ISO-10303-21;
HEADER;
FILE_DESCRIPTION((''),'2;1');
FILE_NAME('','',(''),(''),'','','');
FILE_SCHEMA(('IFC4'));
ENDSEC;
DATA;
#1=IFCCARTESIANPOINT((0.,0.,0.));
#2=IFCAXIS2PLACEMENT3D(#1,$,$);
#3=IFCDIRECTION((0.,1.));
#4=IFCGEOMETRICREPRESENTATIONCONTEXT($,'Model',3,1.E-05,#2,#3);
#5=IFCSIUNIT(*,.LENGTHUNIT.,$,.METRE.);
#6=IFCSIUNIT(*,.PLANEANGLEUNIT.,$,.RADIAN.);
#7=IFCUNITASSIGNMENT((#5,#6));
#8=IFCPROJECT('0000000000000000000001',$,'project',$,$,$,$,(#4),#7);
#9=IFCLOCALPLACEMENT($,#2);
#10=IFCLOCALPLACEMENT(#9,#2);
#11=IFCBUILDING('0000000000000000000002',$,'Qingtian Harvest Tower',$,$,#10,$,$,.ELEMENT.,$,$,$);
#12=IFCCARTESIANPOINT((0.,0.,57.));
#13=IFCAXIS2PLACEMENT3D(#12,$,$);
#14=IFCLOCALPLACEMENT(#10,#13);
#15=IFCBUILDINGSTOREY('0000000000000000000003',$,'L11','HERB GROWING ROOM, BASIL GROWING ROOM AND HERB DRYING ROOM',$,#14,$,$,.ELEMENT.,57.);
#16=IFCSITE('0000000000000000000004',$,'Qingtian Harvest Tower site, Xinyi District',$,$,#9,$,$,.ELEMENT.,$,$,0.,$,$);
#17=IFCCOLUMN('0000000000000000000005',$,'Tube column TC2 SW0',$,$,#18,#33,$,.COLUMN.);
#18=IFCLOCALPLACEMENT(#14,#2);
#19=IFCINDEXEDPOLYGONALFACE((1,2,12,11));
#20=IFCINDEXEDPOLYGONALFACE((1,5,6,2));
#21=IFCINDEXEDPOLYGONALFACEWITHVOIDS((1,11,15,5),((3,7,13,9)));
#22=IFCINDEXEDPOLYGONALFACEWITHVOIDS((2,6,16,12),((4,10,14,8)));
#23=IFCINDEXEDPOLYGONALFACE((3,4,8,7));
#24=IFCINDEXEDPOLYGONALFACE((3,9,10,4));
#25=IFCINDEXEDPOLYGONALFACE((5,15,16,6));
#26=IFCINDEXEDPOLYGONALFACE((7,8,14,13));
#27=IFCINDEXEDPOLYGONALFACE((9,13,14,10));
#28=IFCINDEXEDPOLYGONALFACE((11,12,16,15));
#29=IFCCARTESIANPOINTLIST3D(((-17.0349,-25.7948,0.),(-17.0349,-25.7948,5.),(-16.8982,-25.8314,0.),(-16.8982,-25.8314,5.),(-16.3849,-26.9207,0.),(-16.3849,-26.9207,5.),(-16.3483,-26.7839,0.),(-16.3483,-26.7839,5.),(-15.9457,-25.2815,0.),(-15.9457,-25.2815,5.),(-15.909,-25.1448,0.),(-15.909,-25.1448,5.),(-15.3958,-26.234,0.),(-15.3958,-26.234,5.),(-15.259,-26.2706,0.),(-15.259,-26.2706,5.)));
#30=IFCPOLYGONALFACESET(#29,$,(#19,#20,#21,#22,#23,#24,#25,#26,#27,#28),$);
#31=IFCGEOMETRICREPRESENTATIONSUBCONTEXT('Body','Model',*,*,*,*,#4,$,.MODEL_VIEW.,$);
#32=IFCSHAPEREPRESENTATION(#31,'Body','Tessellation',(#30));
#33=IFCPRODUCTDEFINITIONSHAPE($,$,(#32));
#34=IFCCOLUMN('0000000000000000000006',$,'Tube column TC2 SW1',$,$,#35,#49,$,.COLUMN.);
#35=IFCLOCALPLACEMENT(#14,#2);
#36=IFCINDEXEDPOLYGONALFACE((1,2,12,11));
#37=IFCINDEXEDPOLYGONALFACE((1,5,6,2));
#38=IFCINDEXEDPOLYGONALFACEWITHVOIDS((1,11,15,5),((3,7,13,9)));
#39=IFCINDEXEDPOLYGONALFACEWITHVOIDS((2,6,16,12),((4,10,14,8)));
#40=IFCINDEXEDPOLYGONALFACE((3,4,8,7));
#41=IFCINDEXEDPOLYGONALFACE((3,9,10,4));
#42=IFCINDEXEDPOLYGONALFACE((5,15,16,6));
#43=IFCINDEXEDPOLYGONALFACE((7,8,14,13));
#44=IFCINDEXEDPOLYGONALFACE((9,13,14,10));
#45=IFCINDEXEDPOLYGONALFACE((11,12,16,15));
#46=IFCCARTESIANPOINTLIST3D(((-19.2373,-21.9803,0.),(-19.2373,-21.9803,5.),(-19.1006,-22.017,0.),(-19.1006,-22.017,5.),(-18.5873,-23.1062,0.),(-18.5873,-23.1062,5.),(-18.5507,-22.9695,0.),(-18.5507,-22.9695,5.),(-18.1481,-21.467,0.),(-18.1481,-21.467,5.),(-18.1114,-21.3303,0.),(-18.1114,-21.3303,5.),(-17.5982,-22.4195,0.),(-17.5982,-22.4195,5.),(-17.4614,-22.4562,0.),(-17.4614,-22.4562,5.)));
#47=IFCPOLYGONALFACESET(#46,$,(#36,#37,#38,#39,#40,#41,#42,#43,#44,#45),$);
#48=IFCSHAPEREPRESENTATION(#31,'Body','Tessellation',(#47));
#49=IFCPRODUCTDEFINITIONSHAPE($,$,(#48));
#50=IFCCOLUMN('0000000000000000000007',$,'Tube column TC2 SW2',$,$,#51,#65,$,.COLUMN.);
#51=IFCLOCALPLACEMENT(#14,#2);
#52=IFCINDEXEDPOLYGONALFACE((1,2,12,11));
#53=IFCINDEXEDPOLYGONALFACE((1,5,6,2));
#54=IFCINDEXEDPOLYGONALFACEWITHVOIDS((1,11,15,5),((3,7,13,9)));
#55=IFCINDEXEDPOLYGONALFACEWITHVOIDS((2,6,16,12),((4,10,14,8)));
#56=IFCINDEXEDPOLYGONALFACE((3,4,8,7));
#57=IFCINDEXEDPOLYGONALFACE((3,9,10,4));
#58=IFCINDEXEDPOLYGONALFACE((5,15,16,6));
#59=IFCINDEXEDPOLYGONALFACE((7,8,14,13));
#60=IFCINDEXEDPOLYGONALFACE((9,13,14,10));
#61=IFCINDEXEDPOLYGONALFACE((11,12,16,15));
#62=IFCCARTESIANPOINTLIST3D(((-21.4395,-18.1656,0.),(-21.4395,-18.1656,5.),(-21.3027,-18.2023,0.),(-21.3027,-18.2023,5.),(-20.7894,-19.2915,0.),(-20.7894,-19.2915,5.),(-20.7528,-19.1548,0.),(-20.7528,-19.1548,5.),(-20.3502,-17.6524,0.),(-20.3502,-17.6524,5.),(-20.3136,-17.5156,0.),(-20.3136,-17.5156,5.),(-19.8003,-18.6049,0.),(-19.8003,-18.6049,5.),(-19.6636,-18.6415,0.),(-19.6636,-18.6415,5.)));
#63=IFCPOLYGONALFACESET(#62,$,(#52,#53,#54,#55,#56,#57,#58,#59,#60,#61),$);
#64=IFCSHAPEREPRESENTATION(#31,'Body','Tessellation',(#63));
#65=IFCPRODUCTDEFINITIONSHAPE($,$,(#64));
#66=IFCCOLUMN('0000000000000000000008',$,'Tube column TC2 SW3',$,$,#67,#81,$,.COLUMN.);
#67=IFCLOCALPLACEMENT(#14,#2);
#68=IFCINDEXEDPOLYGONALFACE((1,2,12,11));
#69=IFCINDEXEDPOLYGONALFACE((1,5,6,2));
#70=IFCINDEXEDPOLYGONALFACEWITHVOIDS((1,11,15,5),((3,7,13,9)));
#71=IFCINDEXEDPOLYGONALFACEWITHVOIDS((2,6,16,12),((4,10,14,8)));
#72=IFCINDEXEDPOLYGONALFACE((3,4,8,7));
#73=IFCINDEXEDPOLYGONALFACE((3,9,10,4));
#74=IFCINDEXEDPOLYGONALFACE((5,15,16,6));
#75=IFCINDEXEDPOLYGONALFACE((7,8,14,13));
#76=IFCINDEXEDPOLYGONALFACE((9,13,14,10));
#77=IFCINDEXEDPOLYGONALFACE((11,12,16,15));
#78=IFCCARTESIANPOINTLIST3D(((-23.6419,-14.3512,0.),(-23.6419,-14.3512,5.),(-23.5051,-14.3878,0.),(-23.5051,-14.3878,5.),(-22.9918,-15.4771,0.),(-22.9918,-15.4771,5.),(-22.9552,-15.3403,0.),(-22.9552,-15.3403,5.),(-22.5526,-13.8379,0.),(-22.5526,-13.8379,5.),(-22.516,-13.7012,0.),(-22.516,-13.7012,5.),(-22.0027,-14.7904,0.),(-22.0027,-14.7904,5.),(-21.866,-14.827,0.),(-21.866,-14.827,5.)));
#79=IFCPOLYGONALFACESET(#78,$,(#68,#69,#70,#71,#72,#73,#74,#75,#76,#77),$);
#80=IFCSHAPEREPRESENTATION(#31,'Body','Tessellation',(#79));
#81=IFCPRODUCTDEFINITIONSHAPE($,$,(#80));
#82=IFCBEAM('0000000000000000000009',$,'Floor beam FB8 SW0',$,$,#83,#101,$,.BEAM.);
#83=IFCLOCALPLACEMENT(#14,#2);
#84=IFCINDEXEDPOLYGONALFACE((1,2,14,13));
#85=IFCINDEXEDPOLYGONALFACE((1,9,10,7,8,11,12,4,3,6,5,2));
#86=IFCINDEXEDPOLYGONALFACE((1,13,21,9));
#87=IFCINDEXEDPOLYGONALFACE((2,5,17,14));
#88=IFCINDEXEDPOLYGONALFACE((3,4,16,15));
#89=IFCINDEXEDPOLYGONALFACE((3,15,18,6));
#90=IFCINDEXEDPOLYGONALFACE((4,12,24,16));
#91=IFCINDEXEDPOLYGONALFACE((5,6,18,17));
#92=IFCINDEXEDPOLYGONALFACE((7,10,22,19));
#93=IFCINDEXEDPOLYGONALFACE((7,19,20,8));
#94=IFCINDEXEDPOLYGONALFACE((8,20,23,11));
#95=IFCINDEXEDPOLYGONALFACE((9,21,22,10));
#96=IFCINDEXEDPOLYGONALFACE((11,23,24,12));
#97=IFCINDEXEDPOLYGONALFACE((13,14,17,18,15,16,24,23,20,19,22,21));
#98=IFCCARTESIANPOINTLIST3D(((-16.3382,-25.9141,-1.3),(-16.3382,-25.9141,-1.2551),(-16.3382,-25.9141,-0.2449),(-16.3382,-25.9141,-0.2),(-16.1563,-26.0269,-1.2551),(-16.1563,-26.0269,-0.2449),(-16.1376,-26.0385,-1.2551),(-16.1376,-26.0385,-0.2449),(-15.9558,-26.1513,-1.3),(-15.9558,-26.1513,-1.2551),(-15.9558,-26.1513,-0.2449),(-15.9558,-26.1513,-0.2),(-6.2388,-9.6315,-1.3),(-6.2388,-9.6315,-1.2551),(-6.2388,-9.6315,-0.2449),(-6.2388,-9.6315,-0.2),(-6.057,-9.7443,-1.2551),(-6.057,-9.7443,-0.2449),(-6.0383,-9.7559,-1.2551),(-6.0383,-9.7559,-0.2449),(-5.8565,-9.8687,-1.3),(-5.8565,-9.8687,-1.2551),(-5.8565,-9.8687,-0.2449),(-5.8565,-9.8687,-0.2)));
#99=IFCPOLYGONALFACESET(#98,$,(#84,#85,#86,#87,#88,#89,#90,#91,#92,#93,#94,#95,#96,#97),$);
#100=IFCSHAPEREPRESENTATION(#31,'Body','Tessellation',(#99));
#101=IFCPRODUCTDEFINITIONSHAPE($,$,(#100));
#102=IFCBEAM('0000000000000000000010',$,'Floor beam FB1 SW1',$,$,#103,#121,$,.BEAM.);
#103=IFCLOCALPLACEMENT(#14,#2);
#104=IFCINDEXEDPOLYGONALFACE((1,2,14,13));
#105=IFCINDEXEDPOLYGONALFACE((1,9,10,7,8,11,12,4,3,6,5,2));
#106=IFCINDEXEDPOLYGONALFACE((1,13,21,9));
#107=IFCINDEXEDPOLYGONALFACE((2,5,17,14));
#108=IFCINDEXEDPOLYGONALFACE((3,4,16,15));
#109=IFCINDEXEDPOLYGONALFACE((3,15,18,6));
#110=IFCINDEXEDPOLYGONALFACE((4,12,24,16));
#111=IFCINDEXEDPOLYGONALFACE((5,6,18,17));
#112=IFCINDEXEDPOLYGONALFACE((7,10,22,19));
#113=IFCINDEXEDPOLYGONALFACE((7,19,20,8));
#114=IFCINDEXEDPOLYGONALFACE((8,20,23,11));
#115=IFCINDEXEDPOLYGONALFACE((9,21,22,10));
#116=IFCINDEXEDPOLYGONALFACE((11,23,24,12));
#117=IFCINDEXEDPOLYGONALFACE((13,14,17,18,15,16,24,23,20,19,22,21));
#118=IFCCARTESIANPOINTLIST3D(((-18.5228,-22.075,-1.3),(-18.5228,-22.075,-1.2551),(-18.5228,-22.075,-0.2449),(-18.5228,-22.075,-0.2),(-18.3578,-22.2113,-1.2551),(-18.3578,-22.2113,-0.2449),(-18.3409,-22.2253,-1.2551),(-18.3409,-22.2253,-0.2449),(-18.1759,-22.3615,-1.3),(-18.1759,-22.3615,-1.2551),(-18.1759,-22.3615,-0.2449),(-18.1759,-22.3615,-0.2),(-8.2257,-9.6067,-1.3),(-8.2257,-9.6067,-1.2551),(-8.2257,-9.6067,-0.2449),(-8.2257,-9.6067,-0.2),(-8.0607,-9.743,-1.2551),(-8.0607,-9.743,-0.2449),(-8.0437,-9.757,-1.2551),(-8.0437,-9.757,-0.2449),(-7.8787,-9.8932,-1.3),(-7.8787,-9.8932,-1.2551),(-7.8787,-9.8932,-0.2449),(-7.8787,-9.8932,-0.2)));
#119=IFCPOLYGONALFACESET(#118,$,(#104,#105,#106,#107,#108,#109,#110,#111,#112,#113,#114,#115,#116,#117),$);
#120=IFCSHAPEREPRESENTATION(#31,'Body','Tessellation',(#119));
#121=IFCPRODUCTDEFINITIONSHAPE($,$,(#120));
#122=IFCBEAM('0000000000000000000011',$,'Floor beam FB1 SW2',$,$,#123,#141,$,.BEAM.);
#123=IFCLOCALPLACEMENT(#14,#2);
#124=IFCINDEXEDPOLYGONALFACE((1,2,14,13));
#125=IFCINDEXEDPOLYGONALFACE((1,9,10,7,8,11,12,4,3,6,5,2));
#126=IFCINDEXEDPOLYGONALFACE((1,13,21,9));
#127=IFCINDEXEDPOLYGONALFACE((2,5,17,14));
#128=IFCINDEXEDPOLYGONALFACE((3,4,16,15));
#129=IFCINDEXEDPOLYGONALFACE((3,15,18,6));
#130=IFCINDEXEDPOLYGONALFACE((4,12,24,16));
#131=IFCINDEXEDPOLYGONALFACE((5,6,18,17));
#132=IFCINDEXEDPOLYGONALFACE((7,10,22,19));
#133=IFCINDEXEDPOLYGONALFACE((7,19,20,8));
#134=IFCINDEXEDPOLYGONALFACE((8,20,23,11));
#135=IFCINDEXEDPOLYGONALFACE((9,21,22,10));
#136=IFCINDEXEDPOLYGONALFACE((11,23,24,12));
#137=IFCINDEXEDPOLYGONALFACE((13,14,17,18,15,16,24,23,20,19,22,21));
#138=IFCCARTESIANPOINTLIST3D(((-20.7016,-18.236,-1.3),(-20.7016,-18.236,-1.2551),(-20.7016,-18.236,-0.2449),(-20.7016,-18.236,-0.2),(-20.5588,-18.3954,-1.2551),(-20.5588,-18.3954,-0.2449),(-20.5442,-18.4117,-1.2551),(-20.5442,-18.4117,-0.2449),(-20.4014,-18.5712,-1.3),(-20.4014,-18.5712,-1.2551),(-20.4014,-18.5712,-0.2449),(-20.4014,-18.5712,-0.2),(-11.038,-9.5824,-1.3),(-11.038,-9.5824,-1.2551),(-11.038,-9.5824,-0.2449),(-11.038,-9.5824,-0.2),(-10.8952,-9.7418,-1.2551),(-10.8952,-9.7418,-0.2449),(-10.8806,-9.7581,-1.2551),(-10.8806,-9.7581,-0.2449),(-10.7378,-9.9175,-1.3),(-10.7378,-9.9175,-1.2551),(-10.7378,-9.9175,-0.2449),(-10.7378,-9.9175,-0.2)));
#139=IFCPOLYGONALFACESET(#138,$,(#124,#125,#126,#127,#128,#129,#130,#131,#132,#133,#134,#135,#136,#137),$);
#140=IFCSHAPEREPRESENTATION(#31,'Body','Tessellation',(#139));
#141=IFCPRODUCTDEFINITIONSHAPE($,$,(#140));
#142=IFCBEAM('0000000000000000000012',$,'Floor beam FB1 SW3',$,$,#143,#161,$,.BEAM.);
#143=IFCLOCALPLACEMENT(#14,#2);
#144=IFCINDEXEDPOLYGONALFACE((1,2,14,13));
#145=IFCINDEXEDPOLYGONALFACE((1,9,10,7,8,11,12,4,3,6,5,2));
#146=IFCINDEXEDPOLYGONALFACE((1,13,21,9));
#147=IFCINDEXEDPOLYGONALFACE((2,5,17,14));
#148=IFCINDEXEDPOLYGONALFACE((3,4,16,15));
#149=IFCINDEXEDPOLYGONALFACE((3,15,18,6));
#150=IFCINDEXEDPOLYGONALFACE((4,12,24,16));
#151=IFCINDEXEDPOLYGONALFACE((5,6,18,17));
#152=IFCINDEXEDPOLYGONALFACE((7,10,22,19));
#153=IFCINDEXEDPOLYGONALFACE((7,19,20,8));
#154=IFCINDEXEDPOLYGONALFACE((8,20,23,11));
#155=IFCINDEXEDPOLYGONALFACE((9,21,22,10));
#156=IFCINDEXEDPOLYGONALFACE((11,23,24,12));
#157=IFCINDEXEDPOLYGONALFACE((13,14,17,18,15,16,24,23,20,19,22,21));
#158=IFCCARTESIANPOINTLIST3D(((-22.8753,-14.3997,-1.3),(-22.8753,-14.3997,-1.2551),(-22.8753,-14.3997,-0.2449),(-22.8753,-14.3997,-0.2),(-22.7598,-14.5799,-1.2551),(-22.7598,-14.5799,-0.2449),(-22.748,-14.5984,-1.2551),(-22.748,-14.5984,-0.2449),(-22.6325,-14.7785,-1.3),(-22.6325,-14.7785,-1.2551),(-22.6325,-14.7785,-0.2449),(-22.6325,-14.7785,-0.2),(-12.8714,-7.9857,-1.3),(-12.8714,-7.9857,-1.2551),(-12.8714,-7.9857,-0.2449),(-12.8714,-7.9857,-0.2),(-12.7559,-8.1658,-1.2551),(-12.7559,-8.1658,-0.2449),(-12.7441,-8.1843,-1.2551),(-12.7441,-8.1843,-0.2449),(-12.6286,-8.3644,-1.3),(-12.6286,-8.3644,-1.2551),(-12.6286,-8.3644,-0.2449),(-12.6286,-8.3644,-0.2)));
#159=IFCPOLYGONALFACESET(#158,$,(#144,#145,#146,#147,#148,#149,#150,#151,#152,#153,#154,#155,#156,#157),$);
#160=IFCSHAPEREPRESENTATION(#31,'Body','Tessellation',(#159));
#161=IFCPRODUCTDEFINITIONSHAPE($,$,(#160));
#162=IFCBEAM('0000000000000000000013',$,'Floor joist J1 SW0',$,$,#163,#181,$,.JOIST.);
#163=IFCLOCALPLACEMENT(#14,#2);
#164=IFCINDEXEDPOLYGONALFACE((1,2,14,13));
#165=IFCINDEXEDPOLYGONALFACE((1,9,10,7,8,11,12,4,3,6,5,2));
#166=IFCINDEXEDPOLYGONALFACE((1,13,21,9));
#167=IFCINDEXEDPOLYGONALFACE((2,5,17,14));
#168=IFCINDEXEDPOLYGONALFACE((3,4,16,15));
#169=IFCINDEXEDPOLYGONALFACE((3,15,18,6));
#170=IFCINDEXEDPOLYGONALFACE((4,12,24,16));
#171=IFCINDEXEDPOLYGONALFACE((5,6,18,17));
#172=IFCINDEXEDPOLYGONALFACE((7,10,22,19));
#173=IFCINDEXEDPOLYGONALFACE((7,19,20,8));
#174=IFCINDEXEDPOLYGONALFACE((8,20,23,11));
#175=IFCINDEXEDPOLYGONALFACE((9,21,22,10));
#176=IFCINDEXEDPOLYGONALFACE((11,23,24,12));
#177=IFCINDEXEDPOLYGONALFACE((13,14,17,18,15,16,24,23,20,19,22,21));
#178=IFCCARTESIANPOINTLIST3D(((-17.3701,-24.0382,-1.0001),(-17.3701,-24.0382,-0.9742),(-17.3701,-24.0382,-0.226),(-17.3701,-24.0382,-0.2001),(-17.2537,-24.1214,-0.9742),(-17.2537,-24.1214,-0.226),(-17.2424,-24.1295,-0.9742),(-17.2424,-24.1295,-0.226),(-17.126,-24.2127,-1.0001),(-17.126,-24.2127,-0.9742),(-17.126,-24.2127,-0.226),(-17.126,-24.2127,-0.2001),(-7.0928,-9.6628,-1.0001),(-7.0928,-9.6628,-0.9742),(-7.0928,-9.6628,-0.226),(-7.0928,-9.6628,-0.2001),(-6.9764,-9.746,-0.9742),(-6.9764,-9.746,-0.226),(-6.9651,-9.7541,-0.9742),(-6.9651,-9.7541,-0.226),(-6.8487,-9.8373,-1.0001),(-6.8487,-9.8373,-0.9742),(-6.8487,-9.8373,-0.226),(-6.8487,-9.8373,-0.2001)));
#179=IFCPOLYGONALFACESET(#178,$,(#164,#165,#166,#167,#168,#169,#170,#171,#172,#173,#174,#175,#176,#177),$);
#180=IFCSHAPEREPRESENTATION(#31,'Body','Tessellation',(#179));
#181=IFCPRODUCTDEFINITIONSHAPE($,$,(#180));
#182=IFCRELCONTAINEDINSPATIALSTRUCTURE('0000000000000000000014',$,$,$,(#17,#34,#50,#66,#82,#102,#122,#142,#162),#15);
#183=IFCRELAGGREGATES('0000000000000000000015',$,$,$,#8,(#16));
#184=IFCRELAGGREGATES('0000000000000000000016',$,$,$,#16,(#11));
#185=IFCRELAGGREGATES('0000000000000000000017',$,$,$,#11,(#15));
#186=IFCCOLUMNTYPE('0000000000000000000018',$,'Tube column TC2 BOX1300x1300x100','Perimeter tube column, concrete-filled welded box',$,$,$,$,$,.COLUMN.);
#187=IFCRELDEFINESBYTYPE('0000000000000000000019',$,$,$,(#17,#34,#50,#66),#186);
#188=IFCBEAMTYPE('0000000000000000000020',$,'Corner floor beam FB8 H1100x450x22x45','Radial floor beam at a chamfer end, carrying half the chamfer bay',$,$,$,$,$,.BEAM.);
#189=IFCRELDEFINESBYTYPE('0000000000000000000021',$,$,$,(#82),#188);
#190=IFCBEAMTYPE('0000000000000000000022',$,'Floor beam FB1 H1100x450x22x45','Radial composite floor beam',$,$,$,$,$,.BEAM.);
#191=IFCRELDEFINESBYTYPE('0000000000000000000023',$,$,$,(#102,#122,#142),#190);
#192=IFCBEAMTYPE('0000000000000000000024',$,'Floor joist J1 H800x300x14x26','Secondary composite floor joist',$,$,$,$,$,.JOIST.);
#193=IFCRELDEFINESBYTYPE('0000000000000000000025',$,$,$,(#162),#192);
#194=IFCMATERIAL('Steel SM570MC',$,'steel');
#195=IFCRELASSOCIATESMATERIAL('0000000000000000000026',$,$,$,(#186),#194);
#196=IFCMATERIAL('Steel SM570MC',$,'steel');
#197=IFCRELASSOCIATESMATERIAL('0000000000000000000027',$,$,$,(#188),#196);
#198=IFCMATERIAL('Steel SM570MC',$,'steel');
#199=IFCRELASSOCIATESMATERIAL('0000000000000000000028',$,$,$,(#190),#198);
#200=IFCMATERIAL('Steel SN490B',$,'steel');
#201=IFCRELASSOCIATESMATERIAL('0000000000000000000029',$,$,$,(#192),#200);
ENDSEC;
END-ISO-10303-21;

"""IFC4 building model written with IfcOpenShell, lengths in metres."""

from ifc_helpers import new_model, si_unit, direction, frame, origin, origin_2d, place, context, subcontext, project, spatial, hollow_rectangle, i_section, extrude, material, material_profile, profile_set, type_object, element, save


model = new_model("IFC4")

# Units and contexts
model_context = context("Model", 3, precision=1e-05, world=origin(), true_north=direction((0.0, 1.0)))
body_context = subcontext(model_context, "Body", "Model", "MODEL_VIEW")
ifc_project = project(units=[si_unit("LENGTHUNIT", "METRE"), si_unit("PLANEANGLEUNIT", "RADIAN")], contexts=[model_context])

# Site, building, storey
site_placement = place(None, origin())
site = spatial("IfcSite", under=ifc_project, at=site_placement, Name="Qingtian Harvest Tower site, Xinyi District", CompositionType="ELEMENT", RefElevation=0.0)
building_placement = place(site_placement, origin())
building = spatial("IfcBuilding", under=site, at=building_placement, Name="Qingtian Harvest Tower", CompositionType="ELEMENT")
storey_placement = place(building_placement, frame((0.0, 0.0, 57.0)))
storey = spatial("IfcBuildingStorey", under=building, at=storey_placement, Name="L11", Description="HERB GROWING ROOM, BASIL GROWING ROOM AND HERB DRYING ROOM", CompositionType="ELEMENT", Elevation=57.0)

# Columns
ifc_material_1 = material(Name="Steel SM570MC", Category="steel")
ifc_material_profile_1 = material_profile(ifc_material_1, hollow_rectangle(XDim=1.3, YDim=1.3, WallThickness=0.1001, at=origin_2d()), Name="BOX1300x1300x100")
ifc_profile_set_1 = profile_set([ifc_material_profile_1], Name="Steel SM570MC")
column_type = type_object("IfcColumnType", Name="Tube column TC2 BOX1300x1300x100", Description="Perimeter tube column, concrete-filled welded box", PredefinedType="COLUMN", material=ifc_profile_set_1)
for number, where, z_axis, x_axis, name in (
    (1, (-16.147, -26.0327, 0.0), (0.0, 0.0, 1.0), (0.5, -0.866025, 0.0), "Tube column TC2 SW0"),
    (2, (-18.3494, -22.2183, 0.0), (0.0, 0.0, 1.0), (0.5, -0.866025, 0.0), "Tube column TC2 SW1"),
    (3, (-20.5515, -18.4036, 0.0), (0.0, 0.0, 1.0), (0.5, -0.866025, 0.0), "Tube column TC2 SW2"),
    (4, (-22.7539, -14.5891, 0.0), (0.0, 0.0, 1.0), (0.5, -0.866025, 0.0), "Tube column TC2 SW3"),
):
    element("IfcColumn", number, at=place(storey_placement, frame(where, z_axis=z_axis, x_axis=x_axis)), inside=storey, type_object=column_type, Name=name, PredefinedType="COLUMN", context=body_context, shape_type="SweptSolid", body=[
        extrude(hollow_rectangle(XDim=1.3, YDim=1.3, WallThickness=0.1001, at=origin_2d()), origin(), (0.0, 0.0, 1.0), 5.0),
    ])

# Beams
ifc_material_2 = material(Name="Steel SM570MC", Category="steel")
ifc_material_profile_2 = material_profile(ifc_material_2, i_section(OverallWidth=0.45, OverallDepth=1.1001, WebThickness=0.022, FlangeThickness=0.0449, at=origin_2d()), Name="H1100x450x22x45")
ifc_profile_set_2 = profile_set([ifc_material_profile_2], Name="Steel SM570MC")
beam_type_1 = type_object("IfcBeamType", Name="Corner floor beam FB8 H1100x450x22x45", Description="Radial floor beam at a chamfer end, carrying half the chamfer bay", PredefinedType="BEAM", material=ifc_profile_set_2)
beam_1_placement = place(storey_placement, frame((-16.147, -26.0327, -0.75), z_axis=(0.527094, 0.849807, 0.0), x_axis=(-0.849807, 0.527094, 0.0)))
element("IfcBeam", 5, at=beam_1_placement, inside=storey, type_object=beam_type_1, Name="Floor beam FB8 SW0", PredefinedType="BEAM", context=body_context, shape_type="SweptSolid", body=[
    extrude(i_section(OverallWidth=0.45, OverallDepth=1.1001, WebThickness=0.022, FlangeThickness=0.0449, at=origin_2d()), origin(), (0.0, 0.0, 1.0), 19.1604),
])
ifc_material_3 = material(Name="Steel SM570MC", Category="steel")
ifc_material_profile_3 = material_profile(ifc_material_3, i_section(OverallWidth=0.45, OverallDepth=1.1001, WebThickness=0.022, FlangeThickness=0.0449, at=origin_2d()), Name="H1100x450x22x45")
ifc_profile_set_3 = profile_set([ifc_material_profile_3], Name="Steel SM570MC")
beam_type_2 = type_object("IfcBeamType", Name="Floor beam FB1 H1100x450x22x45", Description="Radial composite floor beam", PredefinedType="BEAM", material=ifc_profile_set_3)
beam_2_placement = place(storey_placement, frame((-18.3494, -22.2183, -0.75), z_axis=(0.63678, 0.771045, 0.0), x_axis=(-0.771045, 0.63678, 0.0)))
element("IfcBeam", 6, at=beam_2_placement, inside=storey, type_object=beam_type_2, Name="Floor beam FB1 SW1", PredefinedType="BEAM", context=body_context, shape_type="SweptSolid", body=[
    extrude(i_section(OverallWidth=0.45, OverallDepth=1.1001, WebThickness=0.022, FlangeThickness=0.0449, at=origin_2d()), origin(), (0.0, 0.0, 1.0), 16.1707),
])
beam_3_placement = place(storey_placement, frame((-20.5515, -18.4036, -0.75), z_axis=(0.744965, 0.667103, 0.0), x_axis=(-0.667103, 0.744965, 0.0)))
element("IfcBeam", 7, at=beam_3_placement, inside=storey, type_object=beam_type_2, Name="Floor beam FB1 SW2", PredefinedType="BEAM", context=body_context, shape_type="SweptSolid", body=[
    extrude(i_section(OverallWidth=0.45, OverallDepth=1.1001, WebThickness=0.022, FlangeThickness=0.0449, at=origin_2d()), origin(), (0.0, 0.0, 1.0), 12.9719),
])
beam_4_placement = place(storey_placement, frame((-22.7539, -14.5891, -0.75), z_axis=(0.841829, 0.539744, 0.0), x_axis=(-0.539744, 0.841829, 0.0)))
element("IfcBeam", 8, at=beam_4_placement, inside=storey, type_object=beam_type_2, Name="Floor beam FB1 SW3", PredefinedType="BEAM", context=body_context, shape_type="SweptSolid", body=[
    extrude(i_section(OverallWidth=0.45, OverallDepth=1.1001, WebThickness=0.022, FlangeThickness=0.0449, at=origin_2d()), origin(), (0.0, 0.0, 1.0), 11.8835),
])
ifc_material_4 = material(Name="Steel SN490B", Category="steel")
ifc_material_profile_4 = material_profile(ifc_material_4, i_section(OverallWidth=0.3, OverallDepth=0.8, WebThickness=0.0139, FlangeThickness=0.0259, at=origin_2d()), Name="H800x300x14x26")
ifc_profile_set_4 = profile_set([ifc_material_profile_4], Name="Steel SN490B")
beam_type_3 = type_object("IfcBeamType", Name="Floor joist J1 H800x300x14x26", Description="Secondary composite floor joist", PredefinedType="JOIST", material=ifc_profile_set_4)
beam_5_placement = place(storey_placement, frame((-17.248, -24.1255, -0.6001), z_axis=(0.581581, 0.813489, 0.0), x_axis=(-0.813489, 0.581581, 0.0)))
element("IfcBeam", 9, at=beam_5_placement, inside=storey, type_object=beam_type_3, Name="Floor joist J1 SW0", PredefinedType="JOIST", context=body_context, shape_type="SweptSolid", body=[
    extrude(i_section(OverallWidth=0.3, OverallDepth=0.8, WebThickness=0.0139, FlangeThickness=0.0259, at=origin_2d()), origin(), (0.0, 0.0, 1.0), 17.6714),
])

save(model, "model.ifc")
